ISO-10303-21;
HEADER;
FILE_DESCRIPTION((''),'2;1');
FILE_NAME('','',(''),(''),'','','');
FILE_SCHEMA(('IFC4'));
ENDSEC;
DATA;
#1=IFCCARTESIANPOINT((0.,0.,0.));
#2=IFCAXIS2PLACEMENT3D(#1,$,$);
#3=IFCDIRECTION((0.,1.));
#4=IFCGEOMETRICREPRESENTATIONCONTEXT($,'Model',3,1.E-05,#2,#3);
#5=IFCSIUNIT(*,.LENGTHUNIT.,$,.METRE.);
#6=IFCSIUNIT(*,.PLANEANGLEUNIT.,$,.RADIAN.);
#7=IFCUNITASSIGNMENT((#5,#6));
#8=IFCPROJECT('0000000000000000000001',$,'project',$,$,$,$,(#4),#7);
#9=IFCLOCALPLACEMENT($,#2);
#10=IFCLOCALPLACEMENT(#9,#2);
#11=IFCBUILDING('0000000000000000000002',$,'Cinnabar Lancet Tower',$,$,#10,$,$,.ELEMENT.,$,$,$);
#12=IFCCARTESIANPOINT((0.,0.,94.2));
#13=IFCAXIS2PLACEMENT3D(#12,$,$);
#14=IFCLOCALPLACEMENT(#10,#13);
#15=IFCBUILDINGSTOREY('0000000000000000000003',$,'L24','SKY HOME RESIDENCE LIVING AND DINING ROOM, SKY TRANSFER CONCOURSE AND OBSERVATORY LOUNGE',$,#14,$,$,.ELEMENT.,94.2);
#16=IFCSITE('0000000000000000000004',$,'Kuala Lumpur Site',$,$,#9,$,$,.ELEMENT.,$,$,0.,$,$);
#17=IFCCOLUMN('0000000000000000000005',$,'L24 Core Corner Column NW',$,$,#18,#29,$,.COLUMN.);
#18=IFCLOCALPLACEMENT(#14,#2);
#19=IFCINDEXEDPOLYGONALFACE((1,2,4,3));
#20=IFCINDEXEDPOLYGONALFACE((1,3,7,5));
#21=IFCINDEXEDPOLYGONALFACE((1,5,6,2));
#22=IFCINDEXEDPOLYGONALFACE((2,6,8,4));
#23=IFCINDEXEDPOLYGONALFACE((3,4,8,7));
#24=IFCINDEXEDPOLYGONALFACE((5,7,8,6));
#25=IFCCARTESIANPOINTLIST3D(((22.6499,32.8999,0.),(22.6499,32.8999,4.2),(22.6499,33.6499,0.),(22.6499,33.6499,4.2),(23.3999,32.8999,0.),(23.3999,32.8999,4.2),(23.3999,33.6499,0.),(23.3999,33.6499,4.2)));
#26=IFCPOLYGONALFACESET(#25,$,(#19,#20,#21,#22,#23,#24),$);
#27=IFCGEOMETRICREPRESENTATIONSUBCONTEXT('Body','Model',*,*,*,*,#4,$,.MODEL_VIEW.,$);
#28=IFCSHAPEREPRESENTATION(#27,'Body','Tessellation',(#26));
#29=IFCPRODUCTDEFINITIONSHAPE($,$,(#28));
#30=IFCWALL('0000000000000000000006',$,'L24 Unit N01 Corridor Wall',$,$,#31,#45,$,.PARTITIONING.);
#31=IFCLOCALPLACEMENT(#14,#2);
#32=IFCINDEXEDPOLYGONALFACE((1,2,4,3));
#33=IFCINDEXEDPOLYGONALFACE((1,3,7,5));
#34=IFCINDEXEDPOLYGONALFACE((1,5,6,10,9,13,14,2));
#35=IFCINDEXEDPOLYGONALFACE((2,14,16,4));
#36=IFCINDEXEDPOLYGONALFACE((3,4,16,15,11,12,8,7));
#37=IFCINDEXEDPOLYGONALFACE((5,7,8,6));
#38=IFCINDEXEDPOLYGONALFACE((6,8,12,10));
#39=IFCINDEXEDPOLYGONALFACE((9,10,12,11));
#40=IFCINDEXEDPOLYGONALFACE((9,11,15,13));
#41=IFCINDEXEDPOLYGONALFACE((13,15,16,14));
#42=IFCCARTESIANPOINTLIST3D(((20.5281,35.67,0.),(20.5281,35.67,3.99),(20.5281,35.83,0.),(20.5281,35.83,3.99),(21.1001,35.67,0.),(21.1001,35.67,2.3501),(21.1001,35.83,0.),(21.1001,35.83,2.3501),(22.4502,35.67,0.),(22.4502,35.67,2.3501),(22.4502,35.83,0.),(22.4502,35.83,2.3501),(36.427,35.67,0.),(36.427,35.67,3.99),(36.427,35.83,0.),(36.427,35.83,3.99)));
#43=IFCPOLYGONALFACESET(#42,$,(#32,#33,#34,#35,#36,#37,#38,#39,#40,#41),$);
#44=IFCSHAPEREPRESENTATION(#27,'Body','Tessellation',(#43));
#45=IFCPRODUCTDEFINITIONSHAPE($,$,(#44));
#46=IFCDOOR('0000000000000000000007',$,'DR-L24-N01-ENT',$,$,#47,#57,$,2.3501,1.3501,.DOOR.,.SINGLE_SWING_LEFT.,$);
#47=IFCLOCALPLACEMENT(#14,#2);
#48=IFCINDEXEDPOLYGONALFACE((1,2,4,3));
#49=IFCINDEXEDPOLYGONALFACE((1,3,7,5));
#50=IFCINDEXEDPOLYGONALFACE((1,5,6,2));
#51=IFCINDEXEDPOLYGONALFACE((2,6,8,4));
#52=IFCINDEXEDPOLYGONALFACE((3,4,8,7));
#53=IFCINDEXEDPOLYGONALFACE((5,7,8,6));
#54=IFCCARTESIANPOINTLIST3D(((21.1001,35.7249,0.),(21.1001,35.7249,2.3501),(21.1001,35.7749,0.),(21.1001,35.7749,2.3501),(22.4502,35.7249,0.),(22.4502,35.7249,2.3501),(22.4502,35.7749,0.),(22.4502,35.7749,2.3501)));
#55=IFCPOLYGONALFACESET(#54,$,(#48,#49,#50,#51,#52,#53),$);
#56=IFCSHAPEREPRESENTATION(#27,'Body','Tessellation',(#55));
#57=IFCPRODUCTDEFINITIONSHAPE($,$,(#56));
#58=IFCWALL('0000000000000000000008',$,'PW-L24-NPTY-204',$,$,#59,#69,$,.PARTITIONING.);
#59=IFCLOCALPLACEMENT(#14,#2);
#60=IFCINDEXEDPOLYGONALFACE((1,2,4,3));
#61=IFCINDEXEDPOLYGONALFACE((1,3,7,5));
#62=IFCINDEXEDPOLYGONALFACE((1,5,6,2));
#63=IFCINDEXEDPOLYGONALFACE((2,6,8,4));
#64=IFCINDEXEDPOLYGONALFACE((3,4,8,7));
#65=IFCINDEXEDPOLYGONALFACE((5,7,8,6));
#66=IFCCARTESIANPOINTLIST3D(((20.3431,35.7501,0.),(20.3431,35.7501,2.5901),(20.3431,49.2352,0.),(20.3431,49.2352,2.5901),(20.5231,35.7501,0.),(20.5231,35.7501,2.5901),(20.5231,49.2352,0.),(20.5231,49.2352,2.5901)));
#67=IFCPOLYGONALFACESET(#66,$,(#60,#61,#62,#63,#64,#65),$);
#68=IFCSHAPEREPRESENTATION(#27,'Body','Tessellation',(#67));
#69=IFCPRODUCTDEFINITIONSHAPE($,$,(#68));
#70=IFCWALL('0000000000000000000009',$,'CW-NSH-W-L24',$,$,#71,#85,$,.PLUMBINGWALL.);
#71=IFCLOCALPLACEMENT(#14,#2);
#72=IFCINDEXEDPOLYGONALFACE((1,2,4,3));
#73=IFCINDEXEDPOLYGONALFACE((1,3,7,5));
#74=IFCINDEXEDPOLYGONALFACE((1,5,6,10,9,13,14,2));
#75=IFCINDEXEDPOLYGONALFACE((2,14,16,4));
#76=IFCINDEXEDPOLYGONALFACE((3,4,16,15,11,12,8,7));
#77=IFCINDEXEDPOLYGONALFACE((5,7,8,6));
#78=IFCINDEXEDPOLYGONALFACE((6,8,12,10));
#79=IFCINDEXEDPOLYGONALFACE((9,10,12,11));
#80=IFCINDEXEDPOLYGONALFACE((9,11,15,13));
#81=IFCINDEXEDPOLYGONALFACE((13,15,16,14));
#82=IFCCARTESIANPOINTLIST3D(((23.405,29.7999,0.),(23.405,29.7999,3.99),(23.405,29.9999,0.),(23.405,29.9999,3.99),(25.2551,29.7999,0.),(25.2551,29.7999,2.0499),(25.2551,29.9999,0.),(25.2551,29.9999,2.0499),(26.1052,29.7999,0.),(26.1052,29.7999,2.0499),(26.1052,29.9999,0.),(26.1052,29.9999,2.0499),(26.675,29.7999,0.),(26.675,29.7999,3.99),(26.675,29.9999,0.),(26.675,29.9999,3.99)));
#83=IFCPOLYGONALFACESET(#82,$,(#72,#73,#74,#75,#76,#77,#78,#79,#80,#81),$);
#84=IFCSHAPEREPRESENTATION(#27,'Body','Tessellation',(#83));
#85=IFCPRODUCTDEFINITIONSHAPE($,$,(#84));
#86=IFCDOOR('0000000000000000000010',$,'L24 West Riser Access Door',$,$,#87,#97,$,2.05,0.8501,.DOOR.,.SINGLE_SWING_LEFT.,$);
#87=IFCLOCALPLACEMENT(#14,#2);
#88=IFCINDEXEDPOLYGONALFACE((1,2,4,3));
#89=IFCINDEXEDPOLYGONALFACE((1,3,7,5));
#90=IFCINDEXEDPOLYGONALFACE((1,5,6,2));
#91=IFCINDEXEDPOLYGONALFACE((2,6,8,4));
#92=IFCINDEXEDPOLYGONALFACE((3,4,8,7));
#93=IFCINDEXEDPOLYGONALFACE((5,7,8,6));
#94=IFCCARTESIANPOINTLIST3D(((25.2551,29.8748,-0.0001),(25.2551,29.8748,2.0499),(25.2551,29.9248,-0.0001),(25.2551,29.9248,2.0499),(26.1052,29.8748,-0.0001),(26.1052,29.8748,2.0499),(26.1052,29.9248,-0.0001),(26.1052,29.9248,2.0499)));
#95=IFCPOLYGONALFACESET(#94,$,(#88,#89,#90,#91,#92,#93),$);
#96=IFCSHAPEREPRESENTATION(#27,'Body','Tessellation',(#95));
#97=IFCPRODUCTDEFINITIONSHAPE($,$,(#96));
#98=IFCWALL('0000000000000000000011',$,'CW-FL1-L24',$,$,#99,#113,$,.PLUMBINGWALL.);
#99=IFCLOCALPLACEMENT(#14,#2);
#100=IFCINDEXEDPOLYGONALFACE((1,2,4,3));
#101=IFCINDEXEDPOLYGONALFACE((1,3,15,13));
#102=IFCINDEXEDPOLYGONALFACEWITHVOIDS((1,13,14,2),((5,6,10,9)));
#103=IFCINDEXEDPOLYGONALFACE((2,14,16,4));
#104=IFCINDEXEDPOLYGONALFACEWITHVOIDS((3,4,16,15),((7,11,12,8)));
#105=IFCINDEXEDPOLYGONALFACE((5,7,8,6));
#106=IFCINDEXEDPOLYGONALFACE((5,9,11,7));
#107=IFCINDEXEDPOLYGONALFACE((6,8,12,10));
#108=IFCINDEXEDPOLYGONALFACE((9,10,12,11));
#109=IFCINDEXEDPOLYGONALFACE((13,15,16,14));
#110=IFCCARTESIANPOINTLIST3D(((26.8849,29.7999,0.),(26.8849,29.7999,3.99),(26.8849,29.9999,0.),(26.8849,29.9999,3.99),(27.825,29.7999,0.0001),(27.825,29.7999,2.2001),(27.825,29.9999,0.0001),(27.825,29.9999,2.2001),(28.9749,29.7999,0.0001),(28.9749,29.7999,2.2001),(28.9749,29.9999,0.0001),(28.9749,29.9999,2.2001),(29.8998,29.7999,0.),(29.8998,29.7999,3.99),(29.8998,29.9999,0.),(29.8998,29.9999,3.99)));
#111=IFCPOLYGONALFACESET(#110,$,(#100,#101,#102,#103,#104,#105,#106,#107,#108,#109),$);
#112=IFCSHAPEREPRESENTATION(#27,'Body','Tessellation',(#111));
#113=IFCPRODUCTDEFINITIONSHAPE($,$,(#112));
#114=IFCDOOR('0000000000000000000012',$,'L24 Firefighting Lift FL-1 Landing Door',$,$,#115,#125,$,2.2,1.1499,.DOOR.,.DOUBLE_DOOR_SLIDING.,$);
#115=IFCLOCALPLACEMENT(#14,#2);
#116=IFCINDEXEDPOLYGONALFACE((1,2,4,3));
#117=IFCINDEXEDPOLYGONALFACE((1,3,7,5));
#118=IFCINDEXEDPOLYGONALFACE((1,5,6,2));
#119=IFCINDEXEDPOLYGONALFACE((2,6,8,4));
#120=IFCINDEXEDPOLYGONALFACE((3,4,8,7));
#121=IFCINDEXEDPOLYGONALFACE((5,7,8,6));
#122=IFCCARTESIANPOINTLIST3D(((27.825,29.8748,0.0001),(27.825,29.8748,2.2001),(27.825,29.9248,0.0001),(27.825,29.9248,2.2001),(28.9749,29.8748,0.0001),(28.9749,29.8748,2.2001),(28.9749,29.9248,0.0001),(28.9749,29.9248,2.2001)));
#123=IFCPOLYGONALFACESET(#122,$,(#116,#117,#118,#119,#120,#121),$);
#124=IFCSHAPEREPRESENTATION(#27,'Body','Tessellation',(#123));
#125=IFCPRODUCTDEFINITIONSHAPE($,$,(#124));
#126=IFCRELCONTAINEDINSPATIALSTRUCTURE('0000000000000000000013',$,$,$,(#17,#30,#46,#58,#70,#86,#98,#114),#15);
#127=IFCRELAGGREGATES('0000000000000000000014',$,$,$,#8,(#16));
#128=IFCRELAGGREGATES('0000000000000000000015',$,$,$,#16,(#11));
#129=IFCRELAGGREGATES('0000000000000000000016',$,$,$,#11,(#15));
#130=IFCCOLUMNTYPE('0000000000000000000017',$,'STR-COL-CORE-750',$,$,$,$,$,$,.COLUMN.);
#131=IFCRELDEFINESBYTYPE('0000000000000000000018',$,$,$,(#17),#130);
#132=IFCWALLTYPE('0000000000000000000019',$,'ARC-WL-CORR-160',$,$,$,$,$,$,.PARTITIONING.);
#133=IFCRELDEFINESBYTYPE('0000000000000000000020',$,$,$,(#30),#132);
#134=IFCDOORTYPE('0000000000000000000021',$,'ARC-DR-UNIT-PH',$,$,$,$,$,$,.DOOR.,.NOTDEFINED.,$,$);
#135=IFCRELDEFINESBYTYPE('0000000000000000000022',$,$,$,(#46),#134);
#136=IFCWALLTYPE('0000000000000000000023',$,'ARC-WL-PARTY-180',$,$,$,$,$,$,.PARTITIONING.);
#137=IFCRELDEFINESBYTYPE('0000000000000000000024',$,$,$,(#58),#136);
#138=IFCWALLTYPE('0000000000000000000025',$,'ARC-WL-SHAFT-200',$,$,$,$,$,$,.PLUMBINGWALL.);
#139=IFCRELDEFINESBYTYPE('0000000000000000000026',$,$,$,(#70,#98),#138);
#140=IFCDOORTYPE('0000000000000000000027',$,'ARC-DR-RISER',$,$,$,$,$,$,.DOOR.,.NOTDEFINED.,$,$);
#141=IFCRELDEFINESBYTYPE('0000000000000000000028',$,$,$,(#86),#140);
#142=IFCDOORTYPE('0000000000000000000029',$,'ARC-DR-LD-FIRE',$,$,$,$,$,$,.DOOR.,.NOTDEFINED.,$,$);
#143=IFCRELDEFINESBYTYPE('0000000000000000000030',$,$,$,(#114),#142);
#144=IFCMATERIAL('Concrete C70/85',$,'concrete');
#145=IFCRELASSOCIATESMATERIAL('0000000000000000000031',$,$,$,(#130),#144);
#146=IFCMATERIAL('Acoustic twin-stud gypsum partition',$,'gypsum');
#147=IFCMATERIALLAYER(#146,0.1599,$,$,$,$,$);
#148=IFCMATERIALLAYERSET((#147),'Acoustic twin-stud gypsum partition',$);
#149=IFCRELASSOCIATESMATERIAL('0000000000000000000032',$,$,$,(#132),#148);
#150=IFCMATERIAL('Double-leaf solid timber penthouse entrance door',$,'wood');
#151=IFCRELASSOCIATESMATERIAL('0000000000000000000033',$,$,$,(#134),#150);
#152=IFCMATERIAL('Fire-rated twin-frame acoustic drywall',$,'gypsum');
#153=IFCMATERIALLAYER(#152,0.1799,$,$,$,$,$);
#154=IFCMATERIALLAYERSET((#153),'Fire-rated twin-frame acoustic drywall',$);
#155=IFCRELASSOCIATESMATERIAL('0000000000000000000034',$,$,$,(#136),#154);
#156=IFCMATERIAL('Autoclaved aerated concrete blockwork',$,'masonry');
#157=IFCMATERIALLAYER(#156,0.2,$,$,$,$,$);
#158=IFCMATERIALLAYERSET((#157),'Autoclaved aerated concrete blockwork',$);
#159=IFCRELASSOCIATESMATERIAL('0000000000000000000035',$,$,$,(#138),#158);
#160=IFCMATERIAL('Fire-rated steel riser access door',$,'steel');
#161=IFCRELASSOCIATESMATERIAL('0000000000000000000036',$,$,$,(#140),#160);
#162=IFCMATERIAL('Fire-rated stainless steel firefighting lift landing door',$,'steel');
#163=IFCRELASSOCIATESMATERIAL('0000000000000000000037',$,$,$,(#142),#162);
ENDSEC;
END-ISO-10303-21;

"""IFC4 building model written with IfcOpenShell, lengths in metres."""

from ifc_helpers import new_model, si_unit, direction, frame, frame_2d, origin, origin_2d, place, context, subcontext, project, spatial, rectangle, extrude, material, layer, layer_set, material_profile, profile_set, type_object, element, fill, save


model = new_model("IFC4")

# Units and contexts
model_context = context("Model", 3, precision=1e-05, world=origin(), true_north=direction((0.0, 1.0)))
body_context = subcontext(model_context, "Body", "Model", "MODEL_VIEW")
ifc_project = project(units=[si_unit("LENGTHUNIT", "METRE"), si_unit("PLANEANGLEUNIT", "RADIAN")], contexts=[model_context])

# Site, building, storey
site_placement = place(None, origin())
site = spatial("IfcSite", under=ifc_project, at=site_placement, Name="Kuala Lumpur Site", CompositionType="ELEMENT", RefElevation=0.0)
building_placement = place(site_placement, origin())
building = spatial("IfcBuilding", under=site, at=building_placement, Name="Cinnabar Lancet Tower", CompositionType="ELEMENT")
storey_placement = place(building_placement, frame((0.0, 0.0, 94.2)))
storey = spatial("IfcBuildingStorey", under=building, at=storey_placement, Name="L24", Description="SKY HOME RESIDENCE LIVING AND DINING ROOM, SKY TRANSFER CONCOURSE AND OBSERVATORY LOUNGE", CompositionType="ELEMENT", Elevation=94.2)

# Column
ifc_material_1 = material(Name="Concrete C70/85", Category="concrete")
ifc_material_profile = material_profile(ifc_material_1, rectangle(XDim=0.75, YDim=0.75, at=origin_2d()), Name="RC-COL 750x750")
ifc_profile_set = profile_set([ifc_material_profile], Name="Concrete C70/85")
column_type = type_object("IfcColumnType", Name="STR-COL-CORE-750", PredefinedType="COLUMN", material=ifc_profile_set)
column_placement = place(storey_placement, frame((23.0249, 33.2749, 0.0), z_axis=(0.0, 0.0, 1.0), x_axis=(1.0, 0.0, 0.0)))
element("IfcColumn", 1, at=column_placement, inside=storey, type_object=column_type, Name="L24 Core Corner Column NW", PredefinedType="COLUMN", context=body_context, shape_type="SweptSolid", body=[
    extrude(rectangle(XDim=0.75, YDim=0.75, at=origin_2d()), origin(), (0.0, 0.0, 1.0), 4.2),
])

# Wall, opening, door
ifc_material_2 = material(Name="Acoustic twin-stud gypsum partition", Category="gypsum")
ifc_layer_1 = layer(ifc_material_2, 0.1599)
ifc_layer_set_1 = layer_set([ifc_layer_1], Name="Acoustic twin-stud gypsum partition")
wall_type_1 = type_object("IfcWallType", Name="ARC-WL-CORR-160", PredefinedType="PARTITIONING", material=ifc_layer_set_1)
wall_1_placement = place(storey_placement, frame((20.5281, 35.75, 0.0), z_axis=(0.0, 0.0, 1.0), x_axis=(1.0, 0.0, 0.0)))
wall_1 = element("IfcWall", 2, at=wall_1_placement, inside=storey, type_object=wall_type_1, Name="L24 Unit N01 Corridor Wall", PredefinedType="PARTITIONING", context=body_context, shape_type="SweptSolid", body=[
    extrude(rectangle(XDim=15.8989, YDim=0.1599, at=frame_2d((7.9495, 0.0))), origin(), (0.0, 0.0, 1.0), 3.99),
])
opening_1_placement = place(wall_1_placement, frame((0.572, 0.0, 0.0)))
opening_1 = element("IfcOpeningElement", 3, at=opening_1_placement, cuts=wall_1, PredefinedType="OPENING", context=body_context, shape_type="SweptSolid", body=[
    extrude(rectangle(XDim=1.3501, YDim=2.3501, at=frame_2d((0.675, 1.175))), frame((0.0, 0.0898, 0.0), z_axis=(0.0, -1.0, 0.0), x_axis=(1.0, 0.0, 0.0)), (0.0, 0.0, 1.0), 0.1799),
])
ifc_material_3 = material(Name="Double-leaf solid timber penthouse entrance door", Category="wood")
door_type_1 = type_object("IfcDoorType", Name="ARC-DR-UNIT-PH", OperationType="NOTDEFINED", PredefinedType="DOOR", material=ifc_material_3)
door_1_placement = place(opening_1_placement, origin())
door_1 = element("IfcDoor", 4, at=door_1_placement, inside=storey, type_object=door_type_1, Name="DR-L24-N01-ENT", OperationType="SINGLE_SWING_LEFT", OverallHeight=2.3501, OverallWidth=1.3501, PredefinedType="DOOR", context=body_context, shape_type="SweptSolid", body=[
    extrude(rectangle(XDim=1.3501, YDim=2.3501, at=frame_2d((0.675, 1.175))), frame((0.0, 0.0249, 0.0), z_axis=(0.0, -1.0, 0.0), x_axis=(1.0, 0.0, 0.0)), (0.0, 0.0, 1.0), 0.05),
])
fill(opening_1, door_1)

# Wall
ifc_material_4 = material(Name="Fire-rated twin-frame acoustic drywall", Category="gypsum")
ifc_layer_2 = layer(ifc_material_4, 0.1799)
ifc_layer_set_2 = layer_set([ifc_layer_2], Name="Fire-rated twin-frame acoustic drywall")
wall_type_2 = type_object("IfcWallType", Name="ARC-WL-PARTY-180", PredefinedType="PARTITIONING", material=ifc_layer_set_2)
wall_2_placement = place(storey_placement, frame((20.4331, 35.75, 0.0), z_axis=(0.0, 0.0, 1.0), x_axis=(0.0, 1.0, 0.0)))
element("IfcWall", 5, at=wall_2_placement, inside=storey, type_object=wall_type_2, Name="PW-L24-NPTY-204", PredefinedType="PARTITIONING", context=body_context, shape_type="SweptSolid", body=[
    extrude(rectangle(XDim=13.4851, YDim=0.1799, at=frame_2d((6.7427, 0.0))), origin(), (0.0, 0.0, 1.0), 2.5901),
])

# Walls, openings, doors
ifc_material_5 = material(Name="Autoclaved aerated concrete blockwork", Category="masonry")
ifc_layer_3 = layer(ifc_material_5, 0.2)
ifc_layer_set_3 = layer_set([ifc_layer_3], Name="Autoclaved aerated concrete blockwork")
wall_type_3 = type_object("IfcWallType", Name="ARC-WL-SHAFT-200", PredefinedType="PLUMBINGWALL", material=ifc_layer_set_3)
wall_3_placement = place(storey_placement, frame((23.405, 29.8999, 0.0), z_axis=(0.0, 0.0, 1.0), x_axis=(1.0, 0.0, 0.0)))
wall_3 = element("IfcWall", 6, at=wall_3_placement, inside=storey, type_object=wall_type_3, Name="CW-NSH-W-L24", PredefinedType="PLUMBINGWALL", context=body_context, shape_type="SweptSolid", body=[
    extrude(rectangle(XDim=3.27, YDim=0.2, at=frame_2d((1.635, 0.0))), origin(), (0.0, 0.0, 1.0), 3.99),
])
opening_2_placement = place(wall_3_placement, frame((1.8501, 0.0, 0.0)))
opening_2 = element("IfcOpeningElement", 7, at=opening_2_placement, cuts=wall_3, PredefinedType="OPENING", context=body_context, shape_type="SweptSolid", body=[
    extrude(rectangle(XDim=0.8501, YDim=2.05, at=frame_2d((0.425, 1.0249))), frame((0.0, 0.1099, 0.0), z_axis=(0.0, -1.0, 0.0), x_axis=(1.0, 0.0, 0.0)), (0.0, 0.0, 1.0), 0.22),
])
ifc_material_6 = material(Name="Fire-rated steel riser access door", Category="steel")
door_type_2 = type_object("IfcDoorType", Name="ARC-DR-RISER", OperationType="NOTDEFINED", PredefinedType="DOOR", material=ifc_material_6)
door_2_placement = place(opening_2_placement, origin())
door_2 = element("IfcDoor", 8, at=door_2_placement, inside=storey, type_object=door_type_2, Name="L24 West Riser Access Door", OperationType="SINGLE_SWING_LEFT", OverallHeight=2.05, OverallWidth=0.8501, PredefinedType="DOOR", context=body_context, shape_type="SweptSolid", body=[
    extrude(rectangle(XDim=0.8501, YDim=2.05, at=frame_2d((0.425, 1.0249))), frame((0.0, 0.0249, 0.0), z_axis=(0.0, -1.0, 0.0), x_axis=(1.0, 0.0, 0.0)), (0.0, 0.0, 1.0), 0.05),
])
fill(opening_2, door_2)
wall_4_placement = place(storey_placement, frame((26.885, 29.8999, 0.0), z_axis=(0.0, 0.0, 1.0), x_axis=(1.0, 0.0, 0.0)))
wall_4 = element("IfcWall", 9, at=wall_4_placement, inside=storey, type_object=wall_type_3, Name="CW-FL1-L24", PredefinedType="PLUMBINGWALL", context=body_context, shape_type="SweptSolid", body=[
    extrude(rectangle(XDim=3.0149, YDim=0.2, at=frame_2d((1.5073, 0.0))), origin(), (0.0, 0.0, 1.0), 3.99),
])
opening_3_placement = place(wall_4_placement, frame((0.9399, 0.0, 0.0)))
opening_3 = element("IfcOpeningElement", 10, at=opening_3_placement, cuts=wall_4, PredefinedType="OPENING", context=body_context, shape_type="SweptSolid", body=[
    extrude(rectangle(XDim=1.1499, YDim=2.2, at=frame_2d((0.575, 1.1001))), frame((0.0, 0.1099, 0.0), z_axis=(0.0, -1.0, 0.0), x_axis=(1.0, 0.0, 0.0)), (0.0, 0.0, 1.0), 0.22),
])
ifc_material_7 = material(Name="Fire-rated stainless steel firefighting lift landing door", Category="steel")
door_type_3 = type_object("IfcDoorType", Name="ARC-DR-LD-FIRE", OperationType="NOTDEFINED", PredefinedType="DOOR", material=ifc_material_7)
door_3_placement = place(opening_3_placement, origin())
door_3 = element("IfcDoor", 11, at=door_3_placement, inside=storey, type_object=door_type_3, Name="L24 Firefighting Lift FL-1 Landing Door", OperationType="DOUBLE_DOOR_SLIDING", OverallHeight=2.2, OverallWidth=1.1499, PredefinedType="DOOR", context=body_context, shape_type="SweptSolid", body=[
    extrude(rectangle(XDim=1.1499, YDim=2.2, at=frame_2d((0.575, 1.1001))), frame((0.0, 0.0249, 0.0), z_axis=(0.0, -1.0, 0.0), x_axis=(1.0, 0.0, 0.0)), (0.0, 0.0, 1.0), 0.05),
])
fill(opening_3, door_3)

save(model, "model.ifc")
